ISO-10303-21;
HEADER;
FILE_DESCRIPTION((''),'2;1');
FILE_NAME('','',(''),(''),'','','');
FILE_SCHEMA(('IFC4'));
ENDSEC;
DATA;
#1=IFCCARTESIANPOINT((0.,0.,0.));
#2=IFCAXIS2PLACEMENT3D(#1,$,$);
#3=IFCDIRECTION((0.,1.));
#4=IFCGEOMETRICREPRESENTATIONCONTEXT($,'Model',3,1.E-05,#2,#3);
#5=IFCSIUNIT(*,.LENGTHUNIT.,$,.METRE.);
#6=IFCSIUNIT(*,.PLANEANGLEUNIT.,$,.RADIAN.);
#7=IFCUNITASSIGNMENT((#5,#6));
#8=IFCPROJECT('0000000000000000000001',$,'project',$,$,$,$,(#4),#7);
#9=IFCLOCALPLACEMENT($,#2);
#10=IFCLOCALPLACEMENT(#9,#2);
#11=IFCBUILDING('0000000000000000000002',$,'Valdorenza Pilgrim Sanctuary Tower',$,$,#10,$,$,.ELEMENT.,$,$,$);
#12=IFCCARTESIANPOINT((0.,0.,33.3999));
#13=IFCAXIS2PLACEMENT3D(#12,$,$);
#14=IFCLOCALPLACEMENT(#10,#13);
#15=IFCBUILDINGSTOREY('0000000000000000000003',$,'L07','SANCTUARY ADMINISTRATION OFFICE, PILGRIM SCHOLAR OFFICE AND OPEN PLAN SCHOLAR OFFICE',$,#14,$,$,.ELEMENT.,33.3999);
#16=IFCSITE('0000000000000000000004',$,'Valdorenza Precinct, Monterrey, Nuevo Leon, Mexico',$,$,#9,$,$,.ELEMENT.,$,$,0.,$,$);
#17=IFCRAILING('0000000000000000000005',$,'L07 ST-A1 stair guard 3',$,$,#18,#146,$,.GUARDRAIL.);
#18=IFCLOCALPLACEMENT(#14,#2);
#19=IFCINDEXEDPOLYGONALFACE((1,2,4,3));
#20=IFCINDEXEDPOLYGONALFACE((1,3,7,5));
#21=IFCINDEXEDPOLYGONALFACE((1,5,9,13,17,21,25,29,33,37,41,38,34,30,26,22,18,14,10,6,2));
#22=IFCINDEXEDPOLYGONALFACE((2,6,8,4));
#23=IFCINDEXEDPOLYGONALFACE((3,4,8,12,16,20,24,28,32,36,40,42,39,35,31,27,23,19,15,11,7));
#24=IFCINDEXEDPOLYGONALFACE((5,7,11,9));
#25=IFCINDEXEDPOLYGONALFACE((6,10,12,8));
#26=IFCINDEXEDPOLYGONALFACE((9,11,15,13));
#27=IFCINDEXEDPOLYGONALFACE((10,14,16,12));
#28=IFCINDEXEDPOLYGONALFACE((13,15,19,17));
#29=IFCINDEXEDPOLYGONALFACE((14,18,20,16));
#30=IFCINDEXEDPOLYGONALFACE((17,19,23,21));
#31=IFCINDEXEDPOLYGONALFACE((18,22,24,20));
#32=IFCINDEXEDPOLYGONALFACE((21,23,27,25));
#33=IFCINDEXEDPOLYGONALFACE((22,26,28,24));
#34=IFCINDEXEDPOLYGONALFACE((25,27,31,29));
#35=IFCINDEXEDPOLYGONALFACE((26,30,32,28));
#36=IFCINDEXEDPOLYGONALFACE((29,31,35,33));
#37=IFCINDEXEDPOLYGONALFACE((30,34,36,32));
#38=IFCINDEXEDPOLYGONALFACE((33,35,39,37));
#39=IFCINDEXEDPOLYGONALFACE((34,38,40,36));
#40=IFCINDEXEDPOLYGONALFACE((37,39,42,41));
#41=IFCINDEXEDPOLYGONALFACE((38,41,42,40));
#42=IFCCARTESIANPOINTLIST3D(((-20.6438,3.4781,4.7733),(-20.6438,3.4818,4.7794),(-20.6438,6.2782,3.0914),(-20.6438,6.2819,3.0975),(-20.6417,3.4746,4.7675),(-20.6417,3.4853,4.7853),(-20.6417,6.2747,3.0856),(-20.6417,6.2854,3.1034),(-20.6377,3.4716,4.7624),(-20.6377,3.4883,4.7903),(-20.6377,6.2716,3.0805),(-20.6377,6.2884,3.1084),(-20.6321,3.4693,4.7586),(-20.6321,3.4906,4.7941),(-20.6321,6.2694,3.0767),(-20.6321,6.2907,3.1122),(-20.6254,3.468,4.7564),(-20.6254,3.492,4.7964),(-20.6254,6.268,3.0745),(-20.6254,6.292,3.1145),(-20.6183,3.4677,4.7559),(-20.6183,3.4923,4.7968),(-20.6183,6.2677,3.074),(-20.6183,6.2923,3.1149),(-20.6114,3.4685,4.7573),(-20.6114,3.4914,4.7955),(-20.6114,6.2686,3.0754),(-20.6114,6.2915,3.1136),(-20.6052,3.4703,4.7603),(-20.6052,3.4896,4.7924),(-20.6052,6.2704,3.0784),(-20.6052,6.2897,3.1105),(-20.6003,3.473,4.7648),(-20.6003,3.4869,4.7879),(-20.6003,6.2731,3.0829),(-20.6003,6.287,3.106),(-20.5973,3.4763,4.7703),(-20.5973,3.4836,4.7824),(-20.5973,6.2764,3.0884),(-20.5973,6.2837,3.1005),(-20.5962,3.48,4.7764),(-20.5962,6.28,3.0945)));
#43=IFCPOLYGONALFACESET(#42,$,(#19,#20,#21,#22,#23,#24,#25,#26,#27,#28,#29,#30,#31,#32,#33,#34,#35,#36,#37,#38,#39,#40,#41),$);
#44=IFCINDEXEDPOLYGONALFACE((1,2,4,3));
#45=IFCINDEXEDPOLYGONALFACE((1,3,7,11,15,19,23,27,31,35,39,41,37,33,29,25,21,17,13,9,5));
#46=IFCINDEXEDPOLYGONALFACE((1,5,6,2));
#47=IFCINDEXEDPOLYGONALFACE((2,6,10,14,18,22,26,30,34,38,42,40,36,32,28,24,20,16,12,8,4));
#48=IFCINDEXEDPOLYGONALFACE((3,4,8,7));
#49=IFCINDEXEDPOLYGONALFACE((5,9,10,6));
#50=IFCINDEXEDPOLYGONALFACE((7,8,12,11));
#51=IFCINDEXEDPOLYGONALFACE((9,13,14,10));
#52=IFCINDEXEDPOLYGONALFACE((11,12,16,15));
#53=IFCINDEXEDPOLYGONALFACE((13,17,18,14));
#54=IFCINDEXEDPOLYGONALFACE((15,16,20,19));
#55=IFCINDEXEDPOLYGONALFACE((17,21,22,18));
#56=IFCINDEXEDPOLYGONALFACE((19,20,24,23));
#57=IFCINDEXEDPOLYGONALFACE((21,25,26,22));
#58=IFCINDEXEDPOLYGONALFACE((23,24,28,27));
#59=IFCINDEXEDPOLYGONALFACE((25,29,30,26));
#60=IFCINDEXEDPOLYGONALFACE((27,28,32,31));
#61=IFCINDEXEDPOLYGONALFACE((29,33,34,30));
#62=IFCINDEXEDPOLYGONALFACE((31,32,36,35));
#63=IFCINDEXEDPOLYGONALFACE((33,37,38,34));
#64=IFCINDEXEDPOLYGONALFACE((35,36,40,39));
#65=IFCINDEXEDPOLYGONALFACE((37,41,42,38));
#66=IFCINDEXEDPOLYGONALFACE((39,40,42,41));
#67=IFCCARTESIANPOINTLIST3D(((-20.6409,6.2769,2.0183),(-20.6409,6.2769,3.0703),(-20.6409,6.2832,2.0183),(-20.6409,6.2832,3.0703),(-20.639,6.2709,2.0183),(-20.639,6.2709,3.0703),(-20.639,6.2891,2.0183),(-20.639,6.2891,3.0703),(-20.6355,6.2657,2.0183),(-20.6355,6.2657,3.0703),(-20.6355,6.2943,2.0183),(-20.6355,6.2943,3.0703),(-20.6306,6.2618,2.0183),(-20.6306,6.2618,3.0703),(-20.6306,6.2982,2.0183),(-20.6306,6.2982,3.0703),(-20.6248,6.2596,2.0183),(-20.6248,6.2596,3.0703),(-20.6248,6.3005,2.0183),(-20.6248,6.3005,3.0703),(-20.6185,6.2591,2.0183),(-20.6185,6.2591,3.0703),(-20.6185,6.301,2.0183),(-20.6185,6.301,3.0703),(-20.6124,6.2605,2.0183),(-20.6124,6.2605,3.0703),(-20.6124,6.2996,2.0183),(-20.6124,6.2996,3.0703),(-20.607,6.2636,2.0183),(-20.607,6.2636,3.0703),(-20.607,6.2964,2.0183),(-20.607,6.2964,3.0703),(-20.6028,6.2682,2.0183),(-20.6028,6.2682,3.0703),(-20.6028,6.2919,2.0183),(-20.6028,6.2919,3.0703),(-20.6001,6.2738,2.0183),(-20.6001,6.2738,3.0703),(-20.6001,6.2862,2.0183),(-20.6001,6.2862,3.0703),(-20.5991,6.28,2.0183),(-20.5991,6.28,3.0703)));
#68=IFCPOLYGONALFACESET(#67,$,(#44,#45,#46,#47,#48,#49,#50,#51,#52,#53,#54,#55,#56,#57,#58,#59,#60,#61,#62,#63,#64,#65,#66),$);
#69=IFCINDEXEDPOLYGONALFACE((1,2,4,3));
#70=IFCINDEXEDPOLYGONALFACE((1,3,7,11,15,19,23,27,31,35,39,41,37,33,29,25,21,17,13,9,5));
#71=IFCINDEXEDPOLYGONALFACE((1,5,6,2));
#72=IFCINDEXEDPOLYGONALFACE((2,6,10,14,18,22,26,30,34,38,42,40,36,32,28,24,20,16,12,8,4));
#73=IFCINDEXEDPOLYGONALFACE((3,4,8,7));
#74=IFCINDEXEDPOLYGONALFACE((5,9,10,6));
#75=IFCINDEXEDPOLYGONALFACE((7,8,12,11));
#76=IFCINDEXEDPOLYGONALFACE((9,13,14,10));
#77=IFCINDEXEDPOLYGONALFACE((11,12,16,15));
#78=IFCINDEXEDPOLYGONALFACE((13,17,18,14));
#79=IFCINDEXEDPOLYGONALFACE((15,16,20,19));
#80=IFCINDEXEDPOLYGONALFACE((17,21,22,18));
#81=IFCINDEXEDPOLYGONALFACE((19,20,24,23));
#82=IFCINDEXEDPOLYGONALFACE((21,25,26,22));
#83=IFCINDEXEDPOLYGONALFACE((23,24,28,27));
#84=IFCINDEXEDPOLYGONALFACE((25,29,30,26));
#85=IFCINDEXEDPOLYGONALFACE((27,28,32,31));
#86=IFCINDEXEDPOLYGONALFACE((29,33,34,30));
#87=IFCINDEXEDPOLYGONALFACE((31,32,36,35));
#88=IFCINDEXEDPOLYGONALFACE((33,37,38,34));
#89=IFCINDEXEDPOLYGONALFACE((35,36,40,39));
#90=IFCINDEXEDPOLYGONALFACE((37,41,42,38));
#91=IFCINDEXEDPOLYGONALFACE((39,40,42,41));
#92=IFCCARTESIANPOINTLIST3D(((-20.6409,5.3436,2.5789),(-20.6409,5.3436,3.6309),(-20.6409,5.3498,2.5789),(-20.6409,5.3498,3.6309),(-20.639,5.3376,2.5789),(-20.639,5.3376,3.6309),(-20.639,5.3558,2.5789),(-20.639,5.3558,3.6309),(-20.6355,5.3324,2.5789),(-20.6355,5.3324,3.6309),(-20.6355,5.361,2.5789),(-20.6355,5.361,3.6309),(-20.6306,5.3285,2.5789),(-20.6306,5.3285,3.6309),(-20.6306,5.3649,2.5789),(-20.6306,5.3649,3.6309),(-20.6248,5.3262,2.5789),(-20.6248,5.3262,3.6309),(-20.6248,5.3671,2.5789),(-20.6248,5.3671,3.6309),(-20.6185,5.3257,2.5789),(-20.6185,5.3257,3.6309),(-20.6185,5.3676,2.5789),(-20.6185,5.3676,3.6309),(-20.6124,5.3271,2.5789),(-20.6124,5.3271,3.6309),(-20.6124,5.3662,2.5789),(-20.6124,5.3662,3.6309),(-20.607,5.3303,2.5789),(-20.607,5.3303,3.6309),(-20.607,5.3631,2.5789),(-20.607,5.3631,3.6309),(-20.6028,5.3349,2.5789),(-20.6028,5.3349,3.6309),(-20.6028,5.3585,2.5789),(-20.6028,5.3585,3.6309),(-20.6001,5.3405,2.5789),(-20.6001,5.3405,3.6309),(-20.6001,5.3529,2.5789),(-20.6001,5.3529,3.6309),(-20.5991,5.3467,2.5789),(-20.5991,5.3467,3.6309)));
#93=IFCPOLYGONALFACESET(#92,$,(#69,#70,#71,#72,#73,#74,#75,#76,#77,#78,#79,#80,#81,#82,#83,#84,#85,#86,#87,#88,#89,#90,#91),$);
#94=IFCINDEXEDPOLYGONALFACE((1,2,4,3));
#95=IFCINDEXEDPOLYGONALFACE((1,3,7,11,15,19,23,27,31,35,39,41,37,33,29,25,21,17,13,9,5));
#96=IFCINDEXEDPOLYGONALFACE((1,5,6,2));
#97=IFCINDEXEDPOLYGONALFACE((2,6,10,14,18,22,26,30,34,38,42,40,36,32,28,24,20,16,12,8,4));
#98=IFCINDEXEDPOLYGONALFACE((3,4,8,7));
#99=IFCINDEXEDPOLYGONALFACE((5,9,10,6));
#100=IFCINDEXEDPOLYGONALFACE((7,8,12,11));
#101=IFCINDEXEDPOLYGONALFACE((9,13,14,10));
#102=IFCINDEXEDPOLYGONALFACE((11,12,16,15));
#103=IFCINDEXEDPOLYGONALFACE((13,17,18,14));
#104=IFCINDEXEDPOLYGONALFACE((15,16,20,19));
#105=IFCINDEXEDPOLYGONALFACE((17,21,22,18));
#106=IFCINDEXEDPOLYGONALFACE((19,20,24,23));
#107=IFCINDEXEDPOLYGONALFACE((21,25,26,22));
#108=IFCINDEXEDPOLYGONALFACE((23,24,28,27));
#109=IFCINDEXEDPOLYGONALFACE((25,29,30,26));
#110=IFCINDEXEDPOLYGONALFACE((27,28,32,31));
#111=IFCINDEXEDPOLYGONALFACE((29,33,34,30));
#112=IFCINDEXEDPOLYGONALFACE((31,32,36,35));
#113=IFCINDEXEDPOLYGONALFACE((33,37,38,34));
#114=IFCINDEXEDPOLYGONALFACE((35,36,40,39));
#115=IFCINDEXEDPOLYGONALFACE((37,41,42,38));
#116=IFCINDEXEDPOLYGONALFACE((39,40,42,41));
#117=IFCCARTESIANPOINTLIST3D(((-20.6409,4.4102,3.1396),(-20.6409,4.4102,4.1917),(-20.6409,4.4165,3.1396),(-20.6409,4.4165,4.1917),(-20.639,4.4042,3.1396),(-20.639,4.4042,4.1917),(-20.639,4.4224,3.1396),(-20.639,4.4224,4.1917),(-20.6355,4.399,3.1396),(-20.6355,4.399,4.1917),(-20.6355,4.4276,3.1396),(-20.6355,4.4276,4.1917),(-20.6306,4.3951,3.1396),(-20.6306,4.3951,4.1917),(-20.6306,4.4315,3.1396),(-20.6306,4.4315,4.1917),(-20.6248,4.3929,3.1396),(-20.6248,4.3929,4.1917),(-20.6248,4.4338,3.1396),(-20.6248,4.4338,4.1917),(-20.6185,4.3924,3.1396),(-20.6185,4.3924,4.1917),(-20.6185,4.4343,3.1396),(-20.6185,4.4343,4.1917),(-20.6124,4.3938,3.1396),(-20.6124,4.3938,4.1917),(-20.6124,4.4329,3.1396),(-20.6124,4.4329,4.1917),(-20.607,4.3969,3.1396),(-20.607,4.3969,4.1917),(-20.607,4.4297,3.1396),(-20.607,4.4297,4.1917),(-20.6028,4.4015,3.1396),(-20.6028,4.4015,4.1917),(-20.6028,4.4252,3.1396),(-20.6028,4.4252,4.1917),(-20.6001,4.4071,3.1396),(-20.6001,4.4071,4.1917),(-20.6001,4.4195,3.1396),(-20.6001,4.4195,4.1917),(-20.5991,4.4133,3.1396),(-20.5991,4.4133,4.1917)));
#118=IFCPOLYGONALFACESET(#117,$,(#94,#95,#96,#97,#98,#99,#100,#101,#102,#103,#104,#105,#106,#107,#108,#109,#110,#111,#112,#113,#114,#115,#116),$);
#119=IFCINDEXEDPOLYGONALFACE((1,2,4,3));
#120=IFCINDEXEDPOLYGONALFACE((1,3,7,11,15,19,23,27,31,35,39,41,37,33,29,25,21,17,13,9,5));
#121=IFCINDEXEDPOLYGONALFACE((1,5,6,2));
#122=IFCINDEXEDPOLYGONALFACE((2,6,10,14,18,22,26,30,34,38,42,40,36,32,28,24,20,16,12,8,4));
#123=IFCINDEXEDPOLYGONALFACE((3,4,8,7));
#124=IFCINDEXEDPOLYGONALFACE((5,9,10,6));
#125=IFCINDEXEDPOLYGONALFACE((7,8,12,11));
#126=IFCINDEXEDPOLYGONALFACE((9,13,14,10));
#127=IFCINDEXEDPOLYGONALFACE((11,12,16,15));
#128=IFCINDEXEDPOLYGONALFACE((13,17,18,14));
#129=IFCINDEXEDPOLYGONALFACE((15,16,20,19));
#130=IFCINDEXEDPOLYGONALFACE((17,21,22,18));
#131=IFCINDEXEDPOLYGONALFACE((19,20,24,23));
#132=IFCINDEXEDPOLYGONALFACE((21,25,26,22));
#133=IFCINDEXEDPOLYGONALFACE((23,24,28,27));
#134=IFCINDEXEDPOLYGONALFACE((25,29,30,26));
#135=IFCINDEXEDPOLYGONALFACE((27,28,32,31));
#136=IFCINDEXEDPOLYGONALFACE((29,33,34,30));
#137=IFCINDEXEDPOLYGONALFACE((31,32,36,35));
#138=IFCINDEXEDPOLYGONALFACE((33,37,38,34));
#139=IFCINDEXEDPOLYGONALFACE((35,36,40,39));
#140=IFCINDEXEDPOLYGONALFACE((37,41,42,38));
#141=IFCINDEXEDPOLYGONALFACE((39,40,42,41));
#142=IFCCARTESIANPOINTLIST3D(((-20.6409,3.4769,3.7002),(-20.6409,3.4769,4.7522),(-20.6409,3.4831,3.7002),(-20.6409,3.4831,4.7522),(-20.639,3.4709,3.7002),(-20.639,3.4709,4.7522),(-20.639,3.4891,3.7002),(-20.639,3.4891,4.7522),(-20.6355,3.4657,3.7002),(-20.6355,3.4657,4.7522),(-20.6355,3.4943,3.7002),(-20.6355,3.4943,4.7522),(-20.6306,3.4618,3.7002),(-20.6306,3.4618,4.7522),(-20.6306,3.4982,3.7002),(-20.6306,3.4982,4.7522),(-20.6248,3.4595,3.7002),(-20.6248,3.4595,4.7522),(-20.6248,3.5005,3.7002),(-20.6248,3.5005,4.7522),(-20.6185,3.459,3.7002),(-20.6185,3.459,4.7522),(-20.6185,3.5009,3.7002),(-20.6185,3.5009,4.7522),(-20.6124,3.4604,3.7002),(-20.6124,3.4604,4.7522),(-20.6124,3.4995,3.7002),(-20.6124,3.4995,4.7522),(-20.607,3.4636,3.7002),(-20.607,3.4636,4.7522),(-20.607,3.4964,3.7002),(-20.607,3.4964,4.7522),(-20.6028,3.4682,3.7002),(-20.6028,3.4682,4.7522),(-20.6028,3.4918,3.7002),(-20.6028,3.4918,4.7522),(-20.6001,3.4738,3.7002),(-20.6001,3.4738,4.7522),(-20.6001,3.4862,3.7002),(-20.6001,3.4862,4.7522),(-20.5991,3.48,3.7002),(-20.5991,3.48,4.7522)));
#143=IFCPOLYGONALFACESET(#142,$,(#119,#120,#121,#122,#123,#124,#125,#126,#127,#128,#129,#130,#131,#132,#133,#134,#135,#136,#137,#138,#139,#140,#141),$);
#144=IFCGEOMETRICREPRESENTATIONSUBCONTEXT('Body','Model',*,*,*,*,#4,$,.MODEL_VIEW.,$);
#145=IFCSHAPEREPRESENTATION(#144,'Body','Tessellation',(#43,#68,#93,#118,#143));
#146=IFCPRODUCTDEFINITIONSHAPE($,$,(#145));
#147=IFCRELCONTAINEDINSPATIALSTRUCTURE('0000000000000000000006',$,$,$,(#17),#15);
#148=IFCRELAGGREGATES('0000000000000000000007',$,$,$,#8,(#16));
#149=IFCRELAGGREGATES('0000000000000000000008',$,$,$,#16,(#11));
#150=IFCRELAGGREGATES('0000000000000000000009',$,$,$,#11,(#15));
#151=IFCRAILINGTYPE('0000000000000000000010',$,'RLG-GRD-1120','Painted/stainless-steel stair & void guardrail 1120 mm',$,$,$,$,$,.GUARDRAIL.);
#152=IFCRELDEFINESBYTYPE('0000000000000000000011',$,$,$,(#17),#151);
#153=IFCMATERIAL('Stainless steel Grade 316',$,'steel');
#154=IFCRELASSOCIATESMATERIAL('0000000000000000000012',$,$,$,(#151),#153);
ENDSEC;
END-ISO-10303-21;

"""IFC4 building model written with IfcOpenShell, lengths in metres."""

from ifc_helpers import new_model, si_unit, direction, frame, origin, origin_2d, place, context, subcontext, project, spatial, circle, extrude, material, type_object, element, save


model = new_model("IFC4")

# Units and contexts
model_context = context("Model", 3, precision=1e-05, world=origin(), true_north=direction((0.0, 1.0)))
body_context = subcontext(model_context, "Body", "Model", "MODEL_VIEW")
ifc_project = project(units=[si_unit("LENGTHUNIT", "METRE"), si_unit("PLANEANGLEUNIT", "RADIAN")], contexts=[model_context])

# Site, building, storey
site_placement = place(None, origin())
site = spatial("IfcSite", under=ifc_project, at=site_placement, Name="Valdorenza Precinct, Monterrey, Nuevo Leon, Mexico", CompositionType="ELEMENT", RefElevation=0.0)
building_placement = place(site_placement, origin())
building = spatial("IfcBuilding", under=site, at=building_placement, Name="Valdorenza Pilgrim Sanctuary Tower", CompositionType="ELEMENT")
storey_placement = place(building_placement, frame((0.0, 0.0, 33.3999)))
storey = spatial("IfcBuildingStorey", under=building, at=storey_placement, Name="L07", Description="SANCTUARY ADMINISTRATION OFFICE, PILGRIM SCHOLAR OFFICE AND OPEN PLAN SCHOLAR OFFICE", CompositionType="ELEMENT", Elevation=33.3999)

# Railing
ifc_material_1 = material(Name="Stainless steel Grade 316", Category="steel")
railing_type_1 = type_object("IfcRailingType", Name="RLG-GRD-1120", Description="Painted/stainless-steel stair & void guardrail 1120 mm", PredefinedType="GUARDRAIL", material=ifc_material_1)
railing_1_placement = place(storey_placement, frame((-20.6201, 6.28, 2.0183)))
element("IfcRailing", 1, at=railing_1_placement, inside=storey, type_object=railing_type_1, Name="L07 ST-A1 stair guard 3", PredefinedType="GUARDRAIL", context=body_context, shape_type="SweptSolid", body=[
    extrude(circle(Radius=0.0239, at=origin_2d()), frame((0.0, 0.0, 1.0762), z_axis=(0.0, -0.857242, 0.514913), x_axis=(1.0, 0.0, 0.0)), (0.0, 0.0, 1.0), 3.2664),
    extrude(circle(Radius=0.021, at=origin_2d()), origin(), (0.0, 0.0, 1.0), 1.052),
    extrude(circle(Radius=0.021, at=origin_2d()), frame((0.0, -0.9333, 0.5605)), (0.0, 0.0, 1.0), 1.052),
    extrude(circle(Radius=0.021, at=origin_2d()), frame((0.0, -1.8667, 1.1213)), (0.0, 0.0, 1.0), 1.052),
    extrude(circle(Radius=0.021, at=origin_2d()), frame((0.0, -2.8, 1.6819)), (0.0, 0.0, 1.0), 1.052),
])

save(model, "model.ifc")
